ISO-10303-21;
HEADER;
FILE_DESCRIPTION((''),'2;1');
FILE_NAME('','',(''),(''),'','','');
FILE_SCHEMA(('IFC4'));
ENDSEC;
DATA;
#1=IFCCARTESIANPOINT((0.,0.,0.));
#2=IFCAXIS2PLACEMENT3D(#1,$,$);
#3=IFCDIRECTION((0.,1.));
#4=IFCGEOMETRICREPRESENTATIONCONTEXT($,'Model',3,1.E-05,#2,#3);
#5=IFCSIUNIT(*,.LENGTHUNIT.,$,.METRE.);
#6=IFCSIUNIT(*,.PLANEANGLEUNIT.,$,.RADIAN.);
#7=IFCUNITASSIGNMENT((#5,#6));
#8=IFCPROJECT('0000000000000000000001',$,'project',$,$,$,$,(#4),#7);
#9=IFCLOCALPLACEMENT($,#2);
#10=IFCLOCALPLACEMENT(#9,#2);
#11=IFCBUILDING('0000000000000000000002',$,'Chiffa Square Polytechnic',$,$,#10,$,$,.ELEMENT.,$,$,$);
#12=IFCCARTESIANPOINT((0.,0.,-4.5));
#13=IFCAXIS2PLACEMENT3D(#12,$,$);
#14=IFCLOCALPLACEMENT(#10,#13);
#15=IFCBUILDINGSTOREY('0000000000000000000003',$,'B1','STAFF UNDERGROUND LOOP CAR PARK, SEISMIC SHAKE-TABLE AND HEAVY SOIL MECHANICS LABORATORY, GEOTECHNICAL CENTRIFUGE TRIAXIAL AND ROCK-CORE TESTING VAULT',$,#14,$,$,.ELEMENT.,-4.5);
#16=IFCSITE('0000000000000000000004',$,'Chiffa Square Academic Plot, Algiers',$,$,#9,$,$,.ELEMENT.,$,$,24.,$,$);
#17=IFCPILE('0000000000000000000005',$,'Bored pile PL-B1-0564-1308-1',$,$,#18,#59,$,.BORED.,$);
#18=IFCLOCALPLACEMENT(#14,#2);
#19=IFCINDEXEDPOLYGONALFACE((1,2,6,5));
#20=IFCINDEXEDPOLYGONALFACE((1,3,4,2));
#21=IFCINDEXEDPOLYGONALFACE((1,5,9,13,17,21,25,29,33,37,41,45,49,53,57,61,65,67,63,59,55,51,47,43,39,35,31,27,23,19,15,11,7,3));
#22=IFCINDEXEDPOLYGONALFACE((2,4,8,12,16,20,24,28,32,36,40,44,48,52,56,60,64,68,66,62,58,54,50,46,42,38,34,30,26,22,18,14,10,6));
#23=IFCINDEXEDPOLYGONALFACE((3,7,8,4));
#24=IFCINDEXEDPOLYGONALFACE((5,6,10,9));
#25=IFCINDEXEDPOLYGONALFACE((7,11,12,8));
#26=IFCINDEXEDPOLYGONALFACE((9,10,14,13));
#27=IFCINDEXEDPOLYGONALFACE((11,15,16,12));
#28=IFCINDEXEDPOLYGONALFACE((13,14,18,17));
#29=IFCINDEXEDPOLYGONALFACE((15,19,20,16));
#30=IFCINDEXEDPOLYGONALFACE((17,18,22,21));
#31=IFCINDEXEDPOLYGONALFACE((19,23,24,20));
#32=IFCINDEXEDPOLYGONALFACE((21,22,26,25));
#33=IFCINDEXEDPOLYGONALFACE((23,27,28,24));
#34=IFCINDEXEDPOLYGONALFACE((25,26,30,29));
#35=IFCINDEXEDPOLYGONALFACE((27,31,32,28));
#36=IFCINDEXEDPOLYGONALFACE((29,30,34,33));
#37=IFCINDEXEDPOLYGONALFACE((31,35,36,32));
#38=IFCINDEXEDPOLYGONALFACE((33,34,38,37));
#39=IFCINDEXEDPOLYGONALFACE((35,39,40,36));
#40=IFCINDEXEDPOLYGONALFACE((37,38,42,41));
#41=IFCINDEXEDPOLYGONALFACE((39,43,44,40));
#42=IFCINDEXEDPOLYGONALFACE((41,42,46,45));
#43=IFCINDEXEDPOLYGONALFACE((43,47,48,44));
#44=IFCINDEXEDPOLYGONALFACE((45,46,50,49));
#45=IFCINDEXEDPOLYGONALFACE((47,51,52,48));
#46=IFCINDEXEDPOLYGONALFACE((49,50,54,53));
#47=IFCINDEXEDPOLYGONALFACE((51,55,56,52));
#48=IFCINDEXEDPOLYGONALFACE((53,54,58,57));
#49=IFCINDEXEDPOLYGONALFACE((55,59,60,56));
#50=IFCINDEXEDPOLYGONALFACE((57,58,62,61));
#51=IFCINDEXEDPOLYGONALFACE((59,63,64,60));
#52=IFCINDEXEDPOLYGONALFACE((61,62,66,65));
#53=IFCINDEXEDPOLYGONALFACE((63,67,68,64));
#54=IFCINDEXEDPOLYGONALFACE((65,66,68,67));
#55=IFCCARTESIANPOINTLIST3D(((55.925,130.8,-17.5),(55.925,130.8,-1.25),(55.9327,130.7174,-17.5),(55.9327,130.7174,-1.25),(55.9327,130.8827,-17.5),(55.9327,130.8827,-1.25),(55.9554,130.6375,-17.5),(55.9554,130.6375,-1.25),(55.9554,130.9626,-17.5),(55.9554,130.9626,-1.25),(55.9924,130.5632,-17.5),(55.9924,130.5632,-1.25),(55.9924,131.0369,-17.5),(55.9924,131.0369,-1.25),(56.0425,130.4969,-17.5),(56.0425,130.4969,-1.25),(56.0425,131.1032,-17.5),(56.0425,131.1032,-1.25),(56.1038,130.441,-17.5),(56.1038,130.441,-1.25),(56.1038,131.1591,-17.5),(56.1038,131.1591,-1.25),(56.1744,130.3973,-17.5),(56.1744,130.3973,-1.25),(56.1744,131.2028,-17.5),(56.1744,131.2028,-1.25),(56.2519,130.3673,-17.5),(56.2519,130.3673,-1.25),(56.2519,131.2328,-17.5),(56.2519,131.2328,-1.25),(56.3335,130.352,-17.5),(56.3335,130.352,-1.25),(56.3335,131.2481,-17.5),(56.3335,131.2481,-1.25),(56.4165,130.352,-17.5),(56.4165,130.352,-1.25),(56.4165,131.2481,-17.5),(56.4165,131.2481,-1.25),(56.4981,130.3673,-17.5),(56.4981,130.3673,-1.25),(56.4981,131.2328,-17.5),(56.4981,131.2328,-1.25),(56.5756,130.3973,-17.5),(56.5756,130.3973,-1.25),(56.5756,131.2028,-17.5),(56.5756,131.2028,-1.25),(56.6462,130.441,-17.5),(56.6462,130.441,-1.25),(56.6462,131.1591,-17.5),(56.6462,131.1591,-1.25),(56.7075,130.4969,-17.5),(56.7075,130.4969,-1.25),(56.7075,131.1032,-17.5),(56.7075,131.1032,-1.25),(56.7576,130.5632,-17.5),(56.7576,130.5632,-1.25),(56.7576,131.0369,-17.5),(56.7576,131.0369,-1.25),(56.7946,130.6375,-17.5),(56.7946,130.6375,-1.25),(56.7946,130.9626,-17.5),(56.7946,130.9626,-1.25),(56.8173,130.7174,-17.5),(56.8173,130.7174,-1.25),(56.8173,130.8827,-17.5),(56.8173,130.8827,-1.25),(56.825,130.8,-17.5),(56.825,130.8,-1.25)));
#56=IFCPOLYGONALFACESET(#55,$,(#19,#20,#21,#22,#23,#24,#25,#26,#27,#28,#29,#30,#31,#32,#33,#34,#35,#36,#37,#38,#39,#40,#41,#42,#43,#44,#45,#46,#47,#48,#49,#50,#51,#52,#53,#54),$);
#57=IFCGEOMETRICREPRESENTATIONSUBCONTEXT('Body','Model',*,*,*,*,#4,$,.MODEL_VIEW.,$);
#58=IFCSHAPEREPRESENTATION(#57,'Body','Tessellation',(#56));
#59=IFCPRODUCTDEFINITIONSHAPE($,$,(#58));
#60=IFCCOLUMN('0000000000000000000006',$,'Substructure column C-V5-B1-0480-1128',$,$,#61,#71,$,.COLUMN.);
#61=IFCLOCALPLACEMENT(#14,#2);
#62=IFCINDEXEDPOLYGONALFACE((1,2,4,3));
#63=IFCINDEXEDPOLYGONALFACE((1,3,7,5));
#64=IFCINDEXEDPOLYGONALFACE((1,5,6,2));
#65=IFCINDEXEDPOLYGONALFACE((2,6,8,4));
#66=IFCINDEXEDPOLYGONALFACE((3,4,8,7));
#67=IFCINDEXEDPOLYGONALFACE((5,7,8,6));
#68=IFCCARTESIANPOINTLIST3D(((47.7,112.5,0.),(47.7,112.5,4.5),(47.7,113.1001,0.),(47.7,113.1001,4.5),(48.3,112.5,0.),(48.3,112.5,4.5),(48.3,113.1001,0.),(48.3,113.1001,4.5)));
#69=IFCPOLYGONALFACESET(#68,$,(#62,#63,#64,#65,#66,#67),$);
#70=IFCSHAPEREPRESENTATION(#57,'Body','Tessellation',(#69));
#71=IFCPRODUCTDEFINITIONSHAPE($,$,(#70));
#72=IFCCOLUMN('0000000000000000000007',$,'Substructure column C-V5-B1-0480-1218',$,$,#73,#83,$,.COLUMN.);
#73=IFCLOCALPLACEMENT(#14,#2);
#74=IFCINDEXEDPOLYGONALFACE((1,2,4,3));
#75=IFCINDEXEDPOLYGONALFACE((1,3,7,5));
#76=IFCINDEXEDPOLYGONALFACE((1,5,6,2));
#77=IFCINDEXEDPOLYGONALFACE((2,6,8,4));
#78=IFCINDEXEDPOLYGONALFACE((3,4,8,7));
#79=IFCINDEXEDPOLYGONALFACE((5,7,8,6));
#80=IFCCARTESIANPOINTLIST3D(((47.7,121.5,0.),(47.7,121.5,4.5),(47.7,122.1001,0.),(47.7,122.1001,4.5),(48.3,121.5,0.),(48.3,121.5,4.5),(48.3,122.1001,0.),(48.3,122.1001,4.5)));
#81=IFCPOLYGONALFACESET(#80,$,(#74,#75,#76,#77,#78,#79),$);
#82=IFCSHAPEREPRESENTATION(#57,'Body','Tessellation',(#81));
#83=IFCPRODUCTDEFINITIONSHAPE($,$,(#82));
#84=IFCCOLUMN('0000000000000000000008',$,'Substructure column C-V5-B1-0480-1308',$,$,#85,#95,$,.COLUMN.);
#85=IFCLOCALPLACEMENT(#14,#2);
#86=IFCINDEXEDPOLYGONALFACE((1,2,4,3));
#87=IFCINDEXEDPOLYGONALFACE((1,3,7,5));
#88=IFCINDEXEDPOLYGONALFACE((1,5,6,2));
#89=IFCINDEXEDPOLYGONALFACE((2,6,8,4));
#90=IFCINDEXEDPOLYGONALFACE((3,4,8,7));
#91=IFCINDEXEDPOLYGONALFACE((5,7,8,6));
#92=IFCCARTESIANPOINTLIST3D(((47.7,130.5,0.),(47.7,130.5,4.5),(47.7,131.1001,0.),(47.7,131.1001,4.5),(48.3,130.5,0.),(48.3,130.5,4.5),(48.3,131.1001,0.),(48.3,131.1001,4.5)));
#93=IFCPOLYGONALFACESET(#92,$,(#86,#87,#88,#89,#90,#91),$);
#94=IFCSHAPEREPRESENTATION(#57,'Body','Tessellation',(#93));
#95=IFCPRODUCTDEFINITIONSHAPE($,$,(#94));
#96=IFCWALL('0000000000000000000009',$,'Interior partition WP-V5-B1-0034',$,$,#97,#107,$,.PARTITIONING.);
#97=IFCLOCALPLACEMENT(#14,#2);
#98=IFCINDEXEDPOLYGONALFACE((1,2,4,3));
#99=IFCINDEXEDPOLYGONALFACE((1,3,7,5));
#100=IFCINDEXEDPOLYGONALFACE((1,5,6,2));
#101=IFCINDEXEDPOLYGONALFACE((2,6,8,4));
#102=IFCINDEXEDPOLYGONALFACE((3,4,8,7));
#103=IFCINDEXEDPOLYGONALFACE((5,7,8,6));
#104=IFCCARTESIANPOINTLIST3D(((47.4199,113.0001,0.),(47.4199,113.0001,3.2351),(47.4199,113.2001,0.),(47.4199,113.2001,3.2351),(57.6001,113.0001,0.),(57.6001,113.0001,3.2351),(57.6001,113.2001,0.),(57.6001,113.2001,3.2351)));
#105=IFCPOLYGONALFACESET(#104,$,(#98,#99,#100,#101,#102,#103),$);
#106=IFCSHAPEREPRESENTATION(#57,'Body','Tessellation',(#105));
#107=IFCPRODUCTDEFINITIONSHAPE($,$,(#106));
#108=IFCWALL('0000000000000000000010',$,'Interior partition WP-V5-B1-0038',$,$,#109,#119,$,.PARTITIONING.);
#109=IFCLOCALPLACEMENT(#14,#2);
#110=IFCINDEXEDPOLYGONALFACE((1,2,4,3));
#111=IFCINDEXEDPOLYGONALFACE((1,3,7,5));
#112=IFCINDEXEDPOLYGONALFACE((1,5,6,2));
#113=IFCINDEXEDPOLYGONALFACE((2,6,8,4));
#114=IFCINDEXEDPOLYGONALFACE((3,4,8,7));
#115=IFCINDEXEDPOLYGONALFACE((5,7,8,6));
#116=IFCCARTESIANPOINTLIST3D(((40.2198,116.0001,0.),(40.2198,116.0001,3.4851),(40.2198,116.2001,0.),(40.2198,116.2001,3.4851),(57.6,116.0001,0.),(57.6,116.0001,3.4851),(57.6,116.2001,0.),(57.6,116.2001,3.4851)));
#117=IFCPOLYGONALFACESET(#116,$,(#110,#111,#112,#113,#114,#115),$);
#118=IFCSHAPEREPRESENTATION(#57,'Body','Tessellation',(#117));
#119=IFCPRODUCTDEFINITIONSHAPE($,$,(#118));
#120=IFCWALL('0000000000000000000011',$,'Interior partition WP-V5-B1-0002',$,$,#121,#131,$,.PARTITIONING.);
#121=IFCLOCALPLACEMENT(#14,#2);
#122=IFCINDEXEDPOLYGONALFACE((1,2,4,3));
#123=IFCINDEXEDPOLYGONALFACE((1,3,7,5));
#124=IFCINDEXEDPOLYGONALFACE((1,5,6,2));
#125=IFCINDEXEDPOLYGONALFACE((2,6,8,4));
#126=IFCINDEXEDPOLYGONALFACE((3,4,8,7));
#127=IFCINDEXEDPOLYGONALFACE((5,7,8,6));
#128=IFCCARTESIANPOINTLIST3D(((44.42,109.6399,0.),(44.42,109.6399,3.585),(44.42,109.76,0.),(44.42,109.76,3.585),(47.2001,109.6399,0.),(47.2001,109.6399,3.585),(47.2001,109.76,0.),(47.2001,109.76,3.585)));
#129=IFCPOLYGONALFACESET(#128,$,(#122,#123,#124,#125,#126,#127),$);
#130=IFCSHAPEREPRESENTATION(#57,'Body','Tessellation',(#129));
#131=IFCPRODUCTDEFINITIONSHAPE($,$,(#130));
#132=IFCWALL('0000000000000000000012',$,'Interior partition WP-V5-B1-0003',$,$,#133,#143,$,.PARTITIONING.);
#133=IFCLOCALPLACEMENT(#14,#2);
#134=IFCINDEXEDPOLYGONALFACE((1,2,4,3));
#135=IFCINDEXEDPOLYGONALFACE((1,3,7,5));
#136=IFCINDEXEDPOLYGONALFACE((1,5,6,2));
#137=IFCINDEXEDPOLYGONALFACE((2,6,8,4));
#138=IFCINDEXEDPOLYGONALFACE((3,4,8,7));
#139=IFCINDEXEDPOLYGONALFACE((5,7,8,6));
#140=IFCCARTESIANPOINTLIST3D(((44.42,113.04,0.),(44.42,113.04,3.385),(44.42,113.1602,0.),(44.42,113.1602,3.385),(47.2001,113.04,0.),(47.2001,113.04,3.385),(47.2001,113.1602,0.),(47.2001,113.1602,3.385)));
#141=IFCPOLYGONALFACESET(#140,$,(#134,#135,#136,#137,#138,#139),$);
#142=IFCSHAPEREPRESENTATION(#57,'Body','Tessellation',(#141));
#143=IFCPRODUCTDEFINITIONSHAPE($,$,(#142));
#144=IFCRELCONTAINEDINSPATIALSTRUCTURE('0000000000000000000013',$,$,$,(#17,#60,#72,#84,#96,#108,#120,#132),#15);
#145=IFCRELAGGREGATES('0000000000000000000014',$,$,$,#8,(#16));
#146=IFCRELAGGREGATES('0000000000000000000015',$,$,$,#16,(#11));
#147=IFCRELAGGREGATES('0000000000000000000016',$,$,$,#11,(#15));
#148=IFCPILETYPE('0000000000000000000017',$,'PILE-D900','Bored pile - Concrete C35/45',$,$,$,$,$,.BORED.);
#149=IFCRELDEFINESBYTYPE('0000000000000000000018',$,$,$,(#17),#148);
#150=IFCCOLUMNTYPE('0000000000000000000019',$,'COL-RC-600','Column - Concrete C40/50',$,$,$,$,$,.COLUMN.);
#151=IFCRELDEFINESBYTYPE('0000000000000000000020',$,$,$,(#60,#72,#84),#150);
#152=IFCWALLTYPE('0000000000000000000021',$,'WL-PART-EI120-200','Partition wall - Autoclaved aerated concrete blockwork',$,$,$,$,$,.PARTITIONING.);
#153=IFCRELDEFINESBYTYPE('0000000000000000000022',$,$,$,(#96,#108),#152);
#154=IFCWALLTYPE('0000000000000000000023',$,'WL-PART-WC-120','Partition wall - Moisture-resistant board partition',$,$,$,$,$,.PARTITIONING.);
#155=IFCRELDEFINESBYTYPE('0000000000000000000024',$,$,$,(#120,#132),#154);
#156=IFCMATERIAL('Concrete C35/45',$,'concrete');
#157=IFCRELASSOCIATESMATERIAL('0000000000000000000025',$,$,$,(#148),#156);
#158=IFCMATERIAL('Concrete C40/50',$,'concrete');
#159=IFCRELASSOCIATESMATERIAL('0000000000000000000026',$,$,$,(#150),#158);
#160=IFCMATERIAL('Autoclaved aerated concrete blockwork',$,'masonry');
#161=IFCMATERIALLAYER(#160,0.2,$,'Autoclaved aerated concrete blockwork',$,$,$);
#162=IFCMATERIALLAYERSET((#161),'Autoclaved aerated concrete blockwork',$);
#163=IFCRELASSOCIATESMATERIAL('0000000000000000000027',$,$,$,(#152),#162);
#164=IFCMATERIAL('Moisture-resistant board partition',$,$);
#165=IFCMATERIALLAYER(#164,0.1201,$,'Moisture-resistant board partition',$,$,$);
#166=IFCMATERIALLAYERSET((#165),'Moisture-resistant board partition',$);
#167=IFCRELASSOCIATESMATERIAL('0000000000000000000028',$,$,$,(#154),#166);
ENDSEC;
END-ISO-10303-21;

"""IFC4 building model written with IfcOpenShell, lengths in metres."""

from ifc_helpers import new_model, si_unit, direction, frame, frame_2d, origin, origin_2d, place, context, subcontext, project, spatial, rectangle, circle, extrude, material, layer, layer_set, material_profile, profile_set, type_object, element, save


model = new_model("IFC4")

# Units and contexts
model_context = context("Model", 3, precision=1e-05, world=origin(), true_north=direction((0.0, 1.0)))
body_context = subcontext(model_context, "Body", "Model", "MODEL_VIEW")
ifc_project = project(units=[si_unit("LENGTHUNIT", "METRE"), si_unit("PLANEANGLEUNIT", "RADIAN")], contexts=[model_context])

# Site, building, storey
site_placement = place(None, origin())
site = spatial("IfcSite", under=ifc_project, at=site_placement, Name="Chiffa Square Academic Plot, Algiers", CompositionType="ELEMENT", RefElevation=24.0)
building_placement = place(site_placement, origin())
building = spatial("IfcBuilding", under=site, at=building_placement, Name="Chiffa Square Polytechnic", CompositionType="ELEMENT")
storey_placement = place(building_placement, frame((0.0, 0.0, -4.5)))
storey = spatial("IfcBuildingStorey", under=building, at=storey_placement, Name="B1", Description="STAFF UNDERGROUND LOOP CAR PARK, SEISMIC SHAKE-TABLE AND HEAVY SOIL MECHANICS LABORATORY, GEOTECHNICAL CENTRIFUGE TRIAXIAL AND ROCK-CORE TESTING VAULT", CompositionType="ELEMENT", Elevation=-4.5)

# Shared definitions
ifc_material_1 = material(Name="Concrete C35/45", Category="concrete")

# Pile
ifc_material_profile_1 = material_profile(ifc_material_1, circle(Radius=0.45, at=origin_2d()), Name="PILE D900")
ifc_profile_set_1 = profile_set([ifc_material_profile_1], Name="Concrete C35/45")
pile_type_1 = type_object("IfcPileType", Name="PILE-D900", Description="Bored pile - Concrete C35/45", PredefinedType="BORED", material=ifc_profile_set_1)
pile_1_placement = place(storey_placement, frame((56.375, 130.8, -1.25), z_axis=(0.0, 0.0, -1.0), x_axis=(1.0, 0.0, 0.0)))
element("IfcPile", 1, at=pile_1_placement, inside=storey, type_object=pile_type_1, Name="Bored pile PL-B1-0564-1308-1", PredefinedType="BORED", context=body_context, shape_type="SweptSolid", body=[
    extrude(circle(Radius=0.45, at=origin_2d()), origin(), (0.0, 0.0, 1.0), 16.25),
])

# Columns
ifc_material_2 = material(Name="Concrete C40/50", Category="concrete")
ifc_material_profile_2 = material_profile(ifc_material_2, rectangle(XDim=0.6001, YDim=0.6001, at=origin_2d()), Name="RC 600x600")
ifc_profile_set_2 = profile_set([ifc_material_profile_2], Name="Concrete C40/50")
column_type = type_object("IfcColumnType", Name="COL-RC-600", Description="Column - Concrete C40/50", PredefinedType="COLUMN", material=ifc_profile_set_2)
for number, where, z_axis, x_axis, name in (
    (2, (48.0, 112.8, 0.0), (0.0, 0.0, 1.0), (1.0, 0.0, 0.0), "Substructure column C-V5-B1-0480-1128"),
    (3, (48.0, 121.8, 0.0), (0.0, 0.0, 1.0), (1.0, 0.0, 0.0), "Substructure column C-V5-B1-0480-1218"),
    (4, (48.0, 130.8, 0.0), (0.0, 0.0, 1.0), (1.0, 0.0, 0.0), "Substructure column C-V5-B1-0480-1308"),
):
    element("IfcColumn", number, at=place(storey_placement, frame(where, z_axis=z_axis, x_axis=x_axis)), inside=storey, type_object=column_type, Name=name, PredefinedType="COLUMN", context=body_context, shape_type="SweptSolid", body=[
        extrude(rectangle(XDim=0.6001, YDim=0.6001, at=origin_2d()), origin(), (0.0, 0.0, 1.0), 4.5),
    ])

# Walls
ifc_material_3 = material(Name="Autoclaved aerated concrete blockwork", Category="masonry")
ifc_layer_1 = layer(ifc_material_3, 0.2, Name="Autoclaved aerated concrete blockwork")
ifc_layer_set_1 = layer_set([ifc_layer_1], Name="Autoclaved aerated concrete blockwork")
wall_type_1 = type_object("IfcWallType", Name="WL-PART-EI120-200", Description="Partition wall - Autoclaved aerated concrete blockwork", PredefinedType="PARTITIONING", material=ifc_layer_set_1)
wall_1_placement = place(storey_placement, frame((47.4199, 113.1001, 0.0), z_axis=(0.0, 0.0, 1.0), x_axis=(1.0, 0.0, 0.0)))
element("IfcWall", 5, at=wall_1_placement, inside=storey, type_object=wall_type_1, Name="Interior partition WP-V5-B1-0034", PredefinedType="PARTITIONING", context=body_context, shape_type="SweptSolid", body=[
    extrude(rectangle(XDim=10.1802, YDim=0.2, at=frame_2d((5.0901, 0.0))), origin(), (0.0, 0.0, 1.0), 3.2351),
])
wall_2_placement = place(storey_placement, frame((40.22, 116.1001, 0.0), z_axis=(0.0, 0.0, 1.0), x_axis=(1.0, 0.0, 0.0)))
element("IfcWall", 6, at=wall_2_placement, inside=storey, type_object=wall_type_1, Name="Interior partition WP-V5-B1-0038", PredefinedType="PARTITIONING", context=body_context, shape_type="SweptSolid", body=[
    extrude(rectangle(XDim=17.3801, YDim=0.2, at=frame_2d((8.6899, 0.0))), origin(), (0.0, 0.0, 1.0), 3.4851),
])

# Shared definitions
ifc_material_4 = material(Name="Moisture-resistant board partition")
ifc_layer_2 = layer(ifc_material_4, 0.1201, Name="Moisture-resistant board partition")
ifc_layer_set_2 = layer_set([ifc_layer_2], Name="Moisture-resistant board partition")
wall_type_2 = type_object("IfcWallType", Name="WL-PART-WC-120", Description="Partition wall - Moisture-resistant board partition", PredefinedType="PARTITIONING", material=ifc_layer_set_2)

# Walls
wall_3_placement = place(storey_placement, frame((44.4199, 109.7, 0.0), z_axis=(0.0, 0.0, 1.0), x_axis=(1.0, 0.0, 0.0)))
element("IfcWall", 7, at=wall_3_placement, inside=storey, type_object=wall_type_2, Name="Interior partition WP-V5-B1-0002", PredefinedType="PARTITIONING", context=body_context, shape_type="SweptSolid", body=[
    extrude(rectangle(XDim=2.78, YDim=0.1201, at=frame_2d((1.3901, 0.0))), origin(), (0.0, 0.0, 1.0), 3.585),
])
wall_4_placement = place(storey_placement, frame((44.4199, 113.1001, 0.0), z_axis=(0.0, 0.0, 1.0), x_axis=(1.0, 0.0, 0.0)))
element("IfcWall", 8, at=wall_4_placement, inside=storey, type_object=wall_type_2, Name="Interior partition WP-V5-B1-0003", PredefinedType="PARTITIONING", context=body_context, shape_type="SweptSolid", body=[
    extrude(rectangle(XDim=2.78, YDim=0.1201, at=frame_2d((1.3901, 0.0))), origin(), (0.0, 0.0, 1.0), 3.385),
])

save(model, "model.ifc")
